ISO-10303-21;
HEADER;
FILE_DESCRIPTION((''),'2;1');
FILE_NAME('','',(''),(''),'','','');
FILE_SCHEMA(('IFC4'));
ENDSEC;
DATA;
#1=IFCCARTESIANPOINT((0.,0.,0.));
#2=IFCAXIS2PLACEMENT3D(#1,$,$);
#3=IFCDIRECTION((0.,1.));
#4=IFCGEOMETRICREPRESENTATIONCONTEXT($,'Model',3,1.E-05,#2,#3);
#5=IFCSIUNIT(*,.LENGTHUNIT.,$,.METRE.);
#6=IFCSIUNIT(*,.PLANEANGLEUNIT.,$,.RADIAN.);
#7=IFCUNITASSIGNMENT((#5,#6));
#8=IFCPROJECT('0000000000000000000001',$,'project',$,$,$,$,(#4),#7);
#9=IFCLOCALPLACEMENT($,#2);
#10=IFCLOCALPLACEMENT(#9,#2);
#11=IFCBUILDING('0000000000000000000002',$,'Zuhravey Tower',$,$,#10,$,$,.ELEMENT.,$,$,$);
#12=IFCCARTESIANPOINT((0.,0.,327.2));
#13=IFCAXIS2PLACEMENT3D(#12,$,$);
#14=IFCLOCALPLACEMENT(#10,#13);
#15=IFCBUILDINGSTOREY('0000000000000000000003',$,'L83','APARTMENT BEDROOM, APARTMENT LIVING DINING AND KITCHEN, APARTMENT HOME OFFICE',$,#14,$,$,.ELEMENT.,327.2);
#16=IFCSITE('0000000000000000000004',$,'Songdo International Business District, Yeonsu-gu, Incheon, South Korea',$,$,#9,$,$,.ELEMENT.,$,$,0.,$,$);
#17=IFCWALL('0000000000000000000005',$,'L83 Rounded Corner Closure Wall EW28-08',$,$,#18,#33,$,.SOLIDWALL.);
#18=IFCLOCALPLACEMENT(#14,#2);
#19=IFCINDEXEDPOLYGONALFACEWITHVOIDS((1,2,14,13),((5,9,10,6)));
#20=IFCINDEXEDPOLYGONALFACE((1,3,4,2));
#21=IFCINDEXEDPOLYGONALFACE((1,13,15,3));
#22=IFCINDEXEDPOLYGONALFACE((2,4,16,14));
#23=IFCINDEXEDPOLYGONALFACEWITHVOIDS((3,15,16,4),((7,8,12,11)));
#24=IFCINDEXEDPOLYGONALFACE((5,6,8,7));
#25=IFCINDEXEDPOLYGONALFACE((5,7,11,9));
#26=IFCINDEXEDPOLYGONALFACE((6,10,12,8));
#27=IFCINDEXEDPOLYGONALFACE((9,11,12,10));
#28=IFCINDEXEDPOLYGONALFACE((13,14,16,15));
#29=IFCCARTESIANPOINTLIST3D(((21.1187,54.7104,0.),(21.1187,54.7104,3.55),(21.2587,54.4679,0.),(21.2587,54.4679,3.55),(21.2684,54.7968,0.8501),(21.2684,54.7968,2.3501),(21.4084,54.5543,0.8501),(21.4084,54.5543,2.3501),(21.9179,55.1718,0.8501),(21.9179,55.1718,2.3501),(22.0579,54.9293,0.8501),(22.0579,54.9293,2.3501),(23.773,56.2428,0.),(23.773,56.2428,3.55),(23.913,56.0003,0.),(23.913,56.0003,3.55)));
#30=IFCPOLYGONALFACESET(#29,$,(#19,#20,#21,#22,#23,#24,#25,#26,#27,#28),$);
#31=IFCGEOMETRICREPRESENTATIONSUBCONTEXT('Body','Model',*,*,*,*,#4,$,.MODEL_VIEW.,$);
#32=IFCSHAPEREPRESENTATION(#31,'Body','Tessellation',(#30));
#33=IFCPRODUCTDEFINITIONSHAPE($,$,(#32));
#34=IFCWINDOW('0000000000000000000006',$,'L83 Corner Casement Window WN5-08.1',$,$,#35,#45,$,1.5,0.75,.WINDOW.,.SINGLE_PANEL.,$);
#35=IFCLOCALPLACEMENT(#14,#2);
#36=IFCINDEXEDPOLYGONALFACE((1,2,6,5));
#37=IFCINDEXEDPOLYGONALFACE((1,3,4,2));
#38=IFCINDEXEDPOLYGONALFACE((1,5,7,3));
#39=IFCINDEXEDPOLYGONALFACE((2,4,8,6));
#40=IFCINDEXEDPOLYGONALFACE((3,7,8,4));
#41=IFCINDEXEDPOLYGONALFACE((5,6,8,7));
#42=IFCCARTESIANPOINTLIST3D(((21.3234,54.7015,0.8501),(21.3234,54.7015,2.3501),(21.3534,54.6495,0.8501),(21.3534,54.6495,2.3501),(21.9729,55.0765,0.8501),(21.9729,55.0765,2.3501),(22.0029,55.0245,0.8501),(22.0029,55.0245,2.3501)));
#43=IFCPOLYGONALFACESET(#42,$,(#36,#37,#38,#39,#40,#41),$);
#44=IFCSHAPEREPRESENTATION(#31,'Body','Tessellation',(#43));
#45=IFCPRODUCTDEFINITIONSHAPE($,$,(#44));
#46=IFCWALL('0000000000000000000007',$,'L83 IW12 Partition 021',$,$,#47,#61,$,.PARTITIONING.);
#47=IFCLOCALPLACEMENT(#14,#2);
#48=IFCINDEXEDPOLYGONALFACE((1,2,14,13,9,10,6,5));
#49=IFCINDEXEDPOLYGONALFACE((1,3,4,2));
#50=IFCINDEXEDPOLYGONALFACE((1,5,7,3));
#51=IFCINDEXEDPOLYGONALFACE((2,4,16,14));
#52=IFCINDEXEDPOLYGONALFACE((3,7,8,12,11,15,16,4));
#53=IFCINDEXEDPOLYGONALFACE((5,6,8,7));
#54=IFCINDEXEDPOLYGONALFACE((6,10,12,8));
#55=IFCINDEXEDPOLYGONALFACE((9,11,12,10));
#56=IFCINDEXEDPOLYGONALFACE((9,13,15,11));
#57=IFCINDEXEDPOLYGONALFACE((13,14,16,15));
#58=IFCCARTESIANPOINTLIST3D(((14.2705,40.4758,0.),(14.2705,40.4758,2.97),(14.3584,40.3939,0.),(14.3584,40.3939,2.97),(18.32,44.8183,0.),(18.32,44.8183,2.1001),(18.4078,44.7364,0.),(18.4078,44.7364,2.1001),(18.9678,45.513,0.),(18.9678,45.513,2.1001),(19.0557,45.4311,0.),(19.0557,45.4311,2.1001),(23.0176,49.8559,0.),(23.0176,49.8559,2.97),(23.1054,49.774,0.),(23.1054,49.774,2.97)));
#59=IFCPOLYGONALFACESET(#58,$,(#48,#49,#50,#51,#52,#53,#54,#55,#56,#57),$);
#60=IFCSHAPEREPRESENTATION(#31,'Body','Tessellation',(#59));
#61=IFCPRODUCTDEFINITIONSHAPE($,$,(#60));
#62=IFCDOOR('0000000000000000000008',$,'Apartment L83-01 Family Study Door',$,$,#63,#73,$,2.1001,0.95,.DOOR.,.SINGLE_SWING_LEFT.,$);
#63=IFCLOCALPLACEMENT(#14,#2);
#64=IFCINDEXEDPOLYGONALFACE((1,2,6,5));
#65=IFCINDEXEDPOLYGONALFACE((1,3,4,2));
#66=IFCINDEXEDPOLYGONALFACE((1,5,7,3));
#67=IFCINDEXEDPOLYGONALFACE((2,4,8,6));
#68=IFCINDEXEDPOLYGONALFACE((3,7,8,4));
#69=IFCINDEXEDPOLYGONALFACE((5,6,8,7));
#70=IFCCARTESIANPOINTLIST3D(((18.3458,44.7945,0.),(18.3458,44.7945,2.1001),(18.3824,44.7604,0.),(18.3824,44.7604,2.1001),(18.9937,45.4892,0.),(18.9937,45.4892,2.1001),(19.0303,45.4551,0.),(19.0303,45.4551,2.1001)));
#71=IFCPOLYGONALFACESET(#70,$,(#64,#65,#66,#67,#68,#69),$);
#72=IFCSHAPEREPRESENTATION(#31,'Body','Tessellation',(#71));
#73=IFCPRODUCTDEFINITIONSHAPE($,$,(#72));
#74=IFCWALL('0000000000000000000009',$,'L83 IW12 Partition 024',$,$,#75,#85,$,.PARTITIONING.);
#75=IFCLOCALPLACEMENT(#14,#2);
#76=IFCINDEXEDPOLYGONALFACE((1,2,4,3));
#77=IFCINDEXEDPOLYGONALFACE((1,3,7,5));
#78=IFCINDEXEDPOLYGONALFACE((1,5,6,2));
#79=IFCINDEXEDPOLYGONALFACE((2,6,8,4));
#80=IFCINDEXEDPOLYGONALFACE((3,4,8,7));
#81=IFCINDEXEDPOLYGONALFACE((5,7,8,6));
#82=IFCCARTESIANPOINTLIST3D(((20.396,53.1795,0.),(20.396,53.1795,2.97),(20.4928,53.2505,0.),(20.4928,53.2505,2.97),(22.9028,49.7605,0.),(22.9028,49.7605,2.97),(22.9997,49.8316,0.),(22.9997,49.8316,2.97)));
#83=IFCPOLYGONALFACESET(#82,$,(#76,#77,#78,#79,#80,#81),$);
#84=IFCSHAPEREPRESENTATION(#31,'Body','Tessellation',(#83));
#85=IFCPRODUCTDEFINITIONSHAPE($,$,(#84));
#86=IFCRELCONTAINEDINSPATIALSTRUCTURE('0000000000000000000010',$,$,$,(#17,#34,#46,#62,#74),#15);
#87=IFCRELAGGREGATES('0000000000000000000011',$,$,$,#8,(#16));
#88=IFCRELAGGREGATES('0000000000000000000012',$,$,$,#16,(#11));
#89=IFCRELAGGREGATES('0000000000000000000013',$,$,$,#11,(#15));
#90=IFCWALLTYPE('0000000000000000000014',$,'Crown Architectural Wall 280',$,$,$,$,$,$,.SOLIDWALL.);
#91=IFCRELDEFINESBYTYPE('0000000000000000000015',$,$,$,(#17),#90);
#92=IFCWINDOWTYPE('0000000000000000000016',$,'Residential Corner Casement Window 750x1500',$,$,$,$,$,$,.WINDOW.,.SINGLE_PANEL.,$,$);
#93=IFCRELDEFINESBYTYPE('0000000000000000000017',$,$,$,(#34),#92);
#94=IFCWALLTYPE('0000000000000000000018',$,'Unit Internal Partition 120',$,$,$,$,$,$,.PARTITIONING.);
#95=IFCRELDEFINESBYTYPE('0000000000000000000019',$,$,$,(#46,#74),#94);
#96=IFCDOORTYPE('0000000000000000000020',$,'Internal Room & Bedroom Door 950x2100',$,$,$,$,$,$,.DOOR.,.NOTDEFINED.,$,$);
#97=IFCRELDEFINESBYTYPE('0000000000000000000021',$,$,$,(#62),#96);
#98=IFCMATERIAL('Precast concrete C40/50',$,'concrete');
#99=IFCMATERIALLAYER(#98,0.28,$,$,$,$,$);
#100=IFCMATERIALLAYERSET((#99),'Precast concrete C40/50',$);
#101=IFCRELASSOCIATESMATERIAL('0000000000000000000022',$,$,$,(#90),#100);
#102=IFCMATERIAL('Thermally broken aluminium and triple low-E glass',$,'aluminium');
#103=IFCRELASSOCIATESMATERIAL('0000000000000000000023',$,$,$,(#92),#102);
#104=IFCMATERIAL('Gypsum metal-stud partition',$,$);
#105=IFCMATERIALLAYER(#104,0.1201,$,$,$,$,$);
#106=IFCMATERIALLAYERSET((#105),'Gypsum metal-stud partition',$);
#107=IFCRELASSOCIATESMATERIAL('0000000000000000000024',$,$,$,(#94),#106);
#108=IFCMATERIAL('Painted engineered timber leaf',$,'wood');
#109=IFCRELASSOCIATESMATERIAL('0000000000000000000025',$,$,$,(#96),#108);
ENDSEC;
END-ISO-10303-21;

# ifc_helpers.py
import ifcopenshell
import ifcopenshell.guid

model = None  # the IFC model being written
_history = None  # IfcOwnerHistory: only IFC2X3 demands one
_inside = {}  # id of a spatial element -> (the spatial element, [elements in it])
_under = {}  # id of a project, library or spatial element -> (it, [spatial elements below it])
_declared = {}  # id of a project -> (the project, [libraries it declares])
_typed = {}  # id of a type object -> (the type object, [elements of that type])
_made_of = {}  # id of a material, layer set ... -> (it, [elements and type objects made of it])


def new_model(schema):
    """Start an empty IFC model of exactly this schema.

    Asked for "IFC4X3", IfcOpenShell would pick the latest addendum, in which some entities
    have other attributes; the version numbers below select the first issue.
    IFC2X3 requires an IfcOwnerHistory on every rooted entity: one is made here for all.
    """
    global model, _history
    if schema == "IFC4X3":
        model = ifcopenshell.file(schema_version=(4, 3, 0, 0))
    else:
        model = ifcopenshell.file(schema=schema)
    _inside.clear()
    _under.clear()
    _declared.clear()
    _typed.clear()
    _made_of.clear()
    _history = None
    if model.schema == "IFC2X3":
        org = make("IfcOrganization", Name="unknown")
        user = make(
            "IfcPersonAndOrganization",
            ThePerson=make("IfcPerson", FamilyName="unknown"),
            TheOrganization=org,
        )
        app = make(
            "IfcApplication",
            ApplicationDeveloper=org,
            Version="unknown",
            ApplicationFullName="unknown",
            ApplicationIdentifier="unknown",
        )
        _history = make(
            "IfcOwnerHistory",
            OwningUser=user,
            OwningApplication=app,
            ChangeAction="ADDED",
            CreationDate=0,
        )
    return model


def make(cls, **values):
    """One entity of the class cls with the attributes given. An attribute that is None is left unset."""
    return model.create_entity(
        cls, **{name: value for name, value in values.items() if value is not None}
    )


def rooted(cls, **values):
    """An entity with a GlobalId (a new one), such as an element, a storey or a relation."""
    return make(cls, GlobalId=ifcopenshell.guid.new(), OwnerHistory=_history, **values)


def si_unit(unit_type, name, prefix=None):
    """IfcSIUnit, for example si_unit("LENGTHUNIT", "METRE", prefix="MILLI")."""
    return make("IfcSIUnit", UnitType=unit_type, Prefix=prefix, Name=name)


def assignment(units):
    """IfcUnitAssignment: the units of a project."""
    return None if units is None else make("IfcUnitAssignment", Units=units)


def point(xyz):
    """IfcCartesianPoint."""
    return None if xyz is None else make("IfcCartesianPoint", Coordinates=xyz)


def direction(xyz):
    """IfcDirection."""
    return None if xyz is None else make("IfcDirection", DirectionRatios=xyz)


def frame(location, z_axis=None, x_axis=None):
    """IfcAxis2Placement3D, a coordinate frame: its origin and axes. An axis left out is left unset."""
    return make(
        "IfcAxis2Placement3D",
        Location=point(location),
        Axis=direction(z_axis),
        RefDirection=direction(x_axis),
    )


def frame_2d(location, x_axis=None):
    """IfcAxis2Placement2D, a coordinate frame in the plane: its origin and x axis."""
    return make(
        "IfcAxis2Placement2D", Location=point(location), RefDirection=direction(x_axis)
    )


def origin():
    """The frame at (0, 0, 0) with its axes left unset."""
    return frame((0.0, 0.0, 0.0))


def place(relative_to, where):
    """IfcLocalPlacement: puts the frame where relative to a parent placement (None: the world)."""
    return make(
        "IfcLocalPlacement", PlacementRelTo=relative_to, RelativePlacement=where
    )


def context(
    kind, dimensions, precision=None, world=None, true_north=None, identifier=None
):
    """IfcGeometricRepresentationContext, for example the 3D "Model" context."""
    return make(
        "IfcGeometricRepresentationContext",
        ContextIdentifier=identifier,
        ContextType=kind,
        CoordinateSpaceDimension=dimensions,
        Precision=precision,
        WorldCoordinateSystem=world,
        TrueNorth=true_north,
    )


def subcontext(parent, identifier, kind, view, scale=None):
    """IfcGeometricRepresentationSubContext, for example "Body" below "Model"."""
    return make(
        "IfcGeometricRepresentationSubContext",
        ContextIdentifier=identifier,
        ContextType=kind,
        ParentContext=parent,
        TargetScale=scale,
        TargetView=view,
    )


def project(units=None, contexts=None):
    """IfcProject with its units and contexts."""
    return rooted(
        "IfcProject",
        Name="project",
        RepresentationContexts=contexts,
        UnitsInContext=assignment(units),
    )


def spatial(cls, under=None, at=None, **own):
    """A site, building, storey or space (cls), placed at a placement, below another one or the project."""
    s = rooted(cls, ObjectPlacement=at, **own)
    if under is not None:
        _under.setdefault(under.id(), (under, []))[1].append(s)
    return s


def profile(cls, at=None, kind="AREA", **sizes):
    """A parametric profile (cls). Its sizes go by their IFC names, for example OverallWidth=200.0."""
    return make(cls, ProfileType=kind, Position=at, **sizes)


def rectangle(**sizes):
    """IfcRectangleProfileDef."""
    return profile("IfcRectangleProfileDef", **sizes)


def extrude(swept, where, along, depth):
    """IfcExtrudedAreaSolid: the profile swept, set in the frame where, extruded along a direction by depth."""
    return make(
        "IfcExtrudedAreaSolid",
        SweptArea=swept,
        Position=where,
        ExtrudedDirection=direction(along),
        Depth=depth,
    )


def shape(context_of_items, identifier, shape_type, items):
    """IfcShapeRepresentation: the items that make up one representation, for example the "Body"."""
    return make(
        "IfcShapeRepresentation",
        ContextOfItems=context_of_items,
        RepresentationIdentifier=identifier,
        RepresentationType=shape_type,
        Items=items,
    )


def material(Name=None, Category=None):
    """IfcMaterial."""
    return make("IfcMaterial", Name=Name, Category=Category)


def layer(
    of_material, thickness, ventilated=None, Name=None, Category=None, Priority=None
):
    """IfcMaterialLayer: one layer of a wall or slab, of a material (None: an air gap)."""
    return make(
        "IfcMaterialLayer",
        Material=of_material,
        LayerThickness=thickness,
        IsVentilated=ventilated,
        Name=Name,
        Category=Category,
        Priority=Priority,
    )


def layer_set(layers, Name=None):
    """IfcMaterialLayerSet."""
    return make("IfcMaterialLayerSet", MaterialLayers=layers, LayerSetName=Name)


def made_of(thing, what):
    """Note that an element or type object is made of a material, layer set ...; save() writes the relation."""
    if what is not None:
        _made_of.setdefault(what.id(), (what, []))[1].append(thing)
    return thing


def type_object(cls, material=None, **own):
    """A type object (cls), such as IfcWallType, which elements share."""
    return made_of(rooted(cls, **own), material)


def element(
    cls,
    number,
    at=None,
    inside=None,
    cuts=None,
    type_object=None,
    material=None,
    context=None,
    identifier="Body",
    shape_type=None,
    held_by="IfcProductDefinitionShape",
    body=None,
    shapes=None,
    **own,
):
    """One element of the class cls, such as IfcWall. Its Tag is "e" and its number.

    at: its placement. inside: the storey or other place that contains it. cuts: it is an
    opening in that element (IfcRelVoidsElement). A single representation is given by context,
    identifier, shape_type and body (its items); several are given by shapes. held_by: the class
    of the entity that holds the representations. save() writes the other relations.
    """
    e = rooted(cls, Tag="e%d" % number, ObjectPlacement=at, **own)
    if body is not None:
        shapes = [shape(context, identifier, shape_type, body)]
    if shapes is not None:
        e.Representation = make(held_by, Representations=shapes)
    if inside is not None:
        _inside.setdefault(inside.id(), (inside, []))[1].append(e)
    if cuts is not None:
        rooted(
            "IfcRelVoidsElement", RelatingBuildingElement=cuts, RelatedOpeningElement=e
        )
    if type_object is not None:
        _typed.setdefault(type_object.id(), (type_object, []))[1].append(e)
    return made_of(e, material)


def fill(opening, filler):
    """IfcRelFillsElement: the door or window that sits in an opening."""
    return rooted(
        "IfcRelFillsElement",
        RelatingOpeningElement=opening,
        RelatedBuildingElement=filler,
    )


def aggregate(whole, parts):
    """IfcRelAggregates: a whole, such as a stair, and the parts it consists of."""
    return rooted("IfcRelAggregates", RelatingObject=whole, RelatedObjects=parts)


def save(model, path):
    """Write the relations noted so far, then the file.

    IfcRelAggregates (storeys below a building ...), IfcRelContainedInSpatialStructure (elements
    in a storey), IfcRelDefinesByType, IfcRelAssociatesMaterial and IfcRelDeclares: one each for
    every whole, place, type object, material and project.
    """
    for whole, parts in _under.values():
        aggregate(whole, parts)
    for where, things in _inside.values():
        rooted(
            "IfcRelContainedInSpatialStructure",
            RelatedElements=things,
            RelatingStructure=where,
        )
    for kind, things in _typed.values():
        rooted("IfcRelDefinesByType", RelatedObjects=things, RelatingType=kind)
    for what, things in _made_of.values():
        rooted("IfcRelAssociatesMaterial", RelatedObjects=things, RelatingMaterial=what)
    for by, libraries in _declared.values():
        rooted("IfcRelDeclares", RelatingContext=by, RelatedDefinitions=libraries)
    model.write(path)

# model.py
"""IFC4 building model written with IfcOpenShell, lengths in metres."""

from ifc_helpers import new_model, si_unit, direction, frame, frame_2d, origin, place, context, subcontext, project, spatial, rectangle, extrude, material, layer, layer_set, type_object, element, fill, save


model = new_model("IFC4")

# Units and contexts
model_context = context("Model", 3, precision=1e-05, world=origin(), true_north=direction((0.0, 1.0)))
body_context = subcontext(model_context, "Body", "Model", "MODEL_VIEW")
ifc_project = project(units=[si_unit("LENGTHUNIT", "METRE"), si_unit("PLANEANGLEUNIT", "RADIAN")], contexts=[model_context])

# Site, building, storey
site_placement = place(None, origin())
site = spatial("IfcSite", under=ifc_project, at=site_placement, Name="Songdo International Business District, Yeonsu-gu, Incheon, South Korea", CompositionType="ELEMENT", RefElevation=0.0)
building_placement = place(site_placement, origin())
building = spatial("IfcBuilding", under=site, at=building_placement, Name="Zuhravey Tower", CompositionType="ELEMENT")
storey_placement = place(building_placement, frame((0.0, 0.0, 327.2)))
storey = spatial("IfcBuildingStorey", under=building, at=storey_placement, Name="L83", Description="APARTMENT BEDROOM, APARTMENT LIVING DINING AND KITCHEN, APARTMENT HOME OFFICE", CompositionType="ELEMENT", Elevation=327.2)

# Shared definitions
ifc_material_1 = material(Name="Precast concrete C40/50", Category="concrete")
ifc_layer_1 = layer(ifc_material_1, 0.28)
ifc_layer_set_1 = layer_set([ifc_layer_1], Name="Precast concrete C40/50")
wall_type_1 = type_object("IfcWallType", Name="Crown Architectural Wall 280", PredefinedType="SOLIDWALL", material=ifc_layer_set_1)

# Wall, opening, window
wall_1_placement = place(storey_placement, frame((21.1887, 54.5891, 0.0), z_axis=(0.0, 0.0, 1.0), x_axis=(0.866024, 0.500003, 0.0)))
wall_1 = element("IfcWall", 1, at=wall_1_placement, inside=storey, type_object=wall_type_1, Name="L83 Rounded Corner Closure Wall EW28-08", PredefinedType="SOLIDWALL", context=body_context, shape_type="SweptSolid", body=[
    extrude(rectangle(XDim=3.0649, YDim=0.28, at=frame_2d((1.5325, 0.0))), origin(), (0.0, 0.0, 1.0), 3.55),
])
opening_1_placement = place(wall_1_placement, frame((0.1729, 0.0, 0.8501)))
opening_1 = element("IfcOpeningElement", 2, at=opening_1_placement, cuts=wall_1, PredefinedType="OPENING", context=body_context, shape_type="SweptSolid", body=[
    extrude(rectangle(XDim=0.75, YDim=1.5, at=frame_2d((0.375, 0.75))), frame((0.0, 0.1521, 0.0), z_axis=(0.0, -1.0, 0.0), x_axis=(1.0, 0.0, 0.0)), (0.0, 0.0, 1.0), 0.304),
])
ifc_material_2 = material(Name="Thermally broken aluminium and triple low-E glass", Category="aluminium")
window_type = type_object("IfcWindowType", Name="Residential Corner Casement Window 750x1500", PartitioningType="SINGLE_PANEL", PredefinedType="WINDOW", material=ifc_material_2)
window_placement = place(opening_1_placement, origin())
window = element("IfcWindow", 3, at=window_placement, inside=storey, type_object=window_type, Name="L83 Corner Casement Window WN5-08.1", OverallHeight=1.5, OverallWidth=0.75, PartitioningType="SINGLE_PANEL", PredefinedType="WINDOW", context=body_context, shape_type="SweptSolid", body=[
    extrude(rectangle(XDim=0.75, YDim=1.5, at=frame_2d((0.375, 0.75))), frame((0.0, 0.03, 0.0), z_axis=(0.0, -1.0, 0.0), x_axis=(1.0, 0.0, 0.0)), (0.0, 0.0, 1.0), 0.0601),
])
fill(opening_1, window)

# Wall, opening, door
ifc_material_3 = material(Name="Gypsum metal-stud partition")
ifc_layer_2 = layer(ifc_material_3, 0.1201)
ifc_layer_set_2 = layer_set([ifc_layer_2], Name="Gypsum metal-stud partition")
wall_type_2 = type_object("IfcWallType", Name="Unit Internal Partition 120", PredefinedType="PARTITIONING", material=ifc_layer_set_2)
wall_2_placement = place(storey_placement, frame((23.0615, 49.8149, 0.0), z_axis=(0.0, 0.0, 1.0), x_axis=(-0.681997, -0.731355, 0.0)))
wall_2 = element("IfcWall", 4, at=wall_2_placement, inside=storey, type_object=wall_type_2, Name="L83 IW12 Partition 021", PredefinedType="PARTITIONING", context=body_context, shape_type="SweptSolid", body=[
    extrude(rectangle(XDim=12.8257, YDim=0.1201, at=frame_2d((6.4128, 0.0))), origin(), (0.0, 0.0, 1.0), 2.97),
])
opening_2_placement = place(wall_2_placement, frame((5.938, 0.0, 0.0)))
opening_2 = element("IfcOpeningElement", 5, at=opening_2_placement, cuts=wall_2, PredefinedType="OPENING", context=body_context, shape_type="SweptSolid", body=[
    extrude(rectangle(XDim=0.95, YDim=2.1001, at=frame_2d((0.4751, 1.05))), frame((0.0, 0.072, 0.0), z_axis=(0.0, -1.0, 0.0), x_axis=(1.0, 0.0, 0.0)), (0.0, 0.0, 1.0), 0.144),
])
ifc_material_4 = material(Name="Painted engineered timber leaf", Category="wood")
door_type_1 = type_object("IfcDoorType", Name="Internal Room & Bedroom Door 950x2100", OperationType="NOTDEFINED", PredefinedType="DOOR", material=ifc_material_4)
door_1_placement = place(opening_2_placement, frame((0.95, 0.0, 0.0), z_axis=(0.0, 0.0, 1.0), x_axis=(-1.0, 0.0, 0.0)))
door_1 = element("IfcDoor", 6, at=door_1_placement, inside=storey, type_object=door_type_1, Name="Apartment L83-01 Family Study Door", OperationType="SINGLE_SWING_LEFT", OverallHeight=2.1001, OverallWidth=0.95, PredefinedType="DOOR", context=body_context, shape_type="SweptSolid", body=[
    extrude(rectangle(XDim=0.95, YDim=2.1001, at=frame_2d((0.4751, 1.05))), frame((0.0, 0.0249, 0.0), z_axis=(0.0, -1.0, 0.0), x_axis=(1.0, 0.0, 0.0)), (0.0, 0.0, 1.0), 0.05),
])
fill(opening_2, door_1)

# Wall
wall_3_placement = place(storey_placement, frame((22.9512, 49.7961, 0.0), z_axis=(0.0, 0.0, 1.0), x_axis=(-0.591304, 0.806449, 0.0)))
element("IfcWall", 7, at=wall_3_placement, inside=storey, type_object=wall_type_2, Name="L83 IW12 Partition 024", PredefinedType="PARTITIONING", context=body_context, shape_type="SweptSolid", body=[
    extrude(rectangle(XDim=4.2395, YDim=0.1201, at=frame_2d((2.1196, 0.0))), origin(), (0.0, 0.0, 1.0), 2.97),
])

save(model, "model.ifc")
